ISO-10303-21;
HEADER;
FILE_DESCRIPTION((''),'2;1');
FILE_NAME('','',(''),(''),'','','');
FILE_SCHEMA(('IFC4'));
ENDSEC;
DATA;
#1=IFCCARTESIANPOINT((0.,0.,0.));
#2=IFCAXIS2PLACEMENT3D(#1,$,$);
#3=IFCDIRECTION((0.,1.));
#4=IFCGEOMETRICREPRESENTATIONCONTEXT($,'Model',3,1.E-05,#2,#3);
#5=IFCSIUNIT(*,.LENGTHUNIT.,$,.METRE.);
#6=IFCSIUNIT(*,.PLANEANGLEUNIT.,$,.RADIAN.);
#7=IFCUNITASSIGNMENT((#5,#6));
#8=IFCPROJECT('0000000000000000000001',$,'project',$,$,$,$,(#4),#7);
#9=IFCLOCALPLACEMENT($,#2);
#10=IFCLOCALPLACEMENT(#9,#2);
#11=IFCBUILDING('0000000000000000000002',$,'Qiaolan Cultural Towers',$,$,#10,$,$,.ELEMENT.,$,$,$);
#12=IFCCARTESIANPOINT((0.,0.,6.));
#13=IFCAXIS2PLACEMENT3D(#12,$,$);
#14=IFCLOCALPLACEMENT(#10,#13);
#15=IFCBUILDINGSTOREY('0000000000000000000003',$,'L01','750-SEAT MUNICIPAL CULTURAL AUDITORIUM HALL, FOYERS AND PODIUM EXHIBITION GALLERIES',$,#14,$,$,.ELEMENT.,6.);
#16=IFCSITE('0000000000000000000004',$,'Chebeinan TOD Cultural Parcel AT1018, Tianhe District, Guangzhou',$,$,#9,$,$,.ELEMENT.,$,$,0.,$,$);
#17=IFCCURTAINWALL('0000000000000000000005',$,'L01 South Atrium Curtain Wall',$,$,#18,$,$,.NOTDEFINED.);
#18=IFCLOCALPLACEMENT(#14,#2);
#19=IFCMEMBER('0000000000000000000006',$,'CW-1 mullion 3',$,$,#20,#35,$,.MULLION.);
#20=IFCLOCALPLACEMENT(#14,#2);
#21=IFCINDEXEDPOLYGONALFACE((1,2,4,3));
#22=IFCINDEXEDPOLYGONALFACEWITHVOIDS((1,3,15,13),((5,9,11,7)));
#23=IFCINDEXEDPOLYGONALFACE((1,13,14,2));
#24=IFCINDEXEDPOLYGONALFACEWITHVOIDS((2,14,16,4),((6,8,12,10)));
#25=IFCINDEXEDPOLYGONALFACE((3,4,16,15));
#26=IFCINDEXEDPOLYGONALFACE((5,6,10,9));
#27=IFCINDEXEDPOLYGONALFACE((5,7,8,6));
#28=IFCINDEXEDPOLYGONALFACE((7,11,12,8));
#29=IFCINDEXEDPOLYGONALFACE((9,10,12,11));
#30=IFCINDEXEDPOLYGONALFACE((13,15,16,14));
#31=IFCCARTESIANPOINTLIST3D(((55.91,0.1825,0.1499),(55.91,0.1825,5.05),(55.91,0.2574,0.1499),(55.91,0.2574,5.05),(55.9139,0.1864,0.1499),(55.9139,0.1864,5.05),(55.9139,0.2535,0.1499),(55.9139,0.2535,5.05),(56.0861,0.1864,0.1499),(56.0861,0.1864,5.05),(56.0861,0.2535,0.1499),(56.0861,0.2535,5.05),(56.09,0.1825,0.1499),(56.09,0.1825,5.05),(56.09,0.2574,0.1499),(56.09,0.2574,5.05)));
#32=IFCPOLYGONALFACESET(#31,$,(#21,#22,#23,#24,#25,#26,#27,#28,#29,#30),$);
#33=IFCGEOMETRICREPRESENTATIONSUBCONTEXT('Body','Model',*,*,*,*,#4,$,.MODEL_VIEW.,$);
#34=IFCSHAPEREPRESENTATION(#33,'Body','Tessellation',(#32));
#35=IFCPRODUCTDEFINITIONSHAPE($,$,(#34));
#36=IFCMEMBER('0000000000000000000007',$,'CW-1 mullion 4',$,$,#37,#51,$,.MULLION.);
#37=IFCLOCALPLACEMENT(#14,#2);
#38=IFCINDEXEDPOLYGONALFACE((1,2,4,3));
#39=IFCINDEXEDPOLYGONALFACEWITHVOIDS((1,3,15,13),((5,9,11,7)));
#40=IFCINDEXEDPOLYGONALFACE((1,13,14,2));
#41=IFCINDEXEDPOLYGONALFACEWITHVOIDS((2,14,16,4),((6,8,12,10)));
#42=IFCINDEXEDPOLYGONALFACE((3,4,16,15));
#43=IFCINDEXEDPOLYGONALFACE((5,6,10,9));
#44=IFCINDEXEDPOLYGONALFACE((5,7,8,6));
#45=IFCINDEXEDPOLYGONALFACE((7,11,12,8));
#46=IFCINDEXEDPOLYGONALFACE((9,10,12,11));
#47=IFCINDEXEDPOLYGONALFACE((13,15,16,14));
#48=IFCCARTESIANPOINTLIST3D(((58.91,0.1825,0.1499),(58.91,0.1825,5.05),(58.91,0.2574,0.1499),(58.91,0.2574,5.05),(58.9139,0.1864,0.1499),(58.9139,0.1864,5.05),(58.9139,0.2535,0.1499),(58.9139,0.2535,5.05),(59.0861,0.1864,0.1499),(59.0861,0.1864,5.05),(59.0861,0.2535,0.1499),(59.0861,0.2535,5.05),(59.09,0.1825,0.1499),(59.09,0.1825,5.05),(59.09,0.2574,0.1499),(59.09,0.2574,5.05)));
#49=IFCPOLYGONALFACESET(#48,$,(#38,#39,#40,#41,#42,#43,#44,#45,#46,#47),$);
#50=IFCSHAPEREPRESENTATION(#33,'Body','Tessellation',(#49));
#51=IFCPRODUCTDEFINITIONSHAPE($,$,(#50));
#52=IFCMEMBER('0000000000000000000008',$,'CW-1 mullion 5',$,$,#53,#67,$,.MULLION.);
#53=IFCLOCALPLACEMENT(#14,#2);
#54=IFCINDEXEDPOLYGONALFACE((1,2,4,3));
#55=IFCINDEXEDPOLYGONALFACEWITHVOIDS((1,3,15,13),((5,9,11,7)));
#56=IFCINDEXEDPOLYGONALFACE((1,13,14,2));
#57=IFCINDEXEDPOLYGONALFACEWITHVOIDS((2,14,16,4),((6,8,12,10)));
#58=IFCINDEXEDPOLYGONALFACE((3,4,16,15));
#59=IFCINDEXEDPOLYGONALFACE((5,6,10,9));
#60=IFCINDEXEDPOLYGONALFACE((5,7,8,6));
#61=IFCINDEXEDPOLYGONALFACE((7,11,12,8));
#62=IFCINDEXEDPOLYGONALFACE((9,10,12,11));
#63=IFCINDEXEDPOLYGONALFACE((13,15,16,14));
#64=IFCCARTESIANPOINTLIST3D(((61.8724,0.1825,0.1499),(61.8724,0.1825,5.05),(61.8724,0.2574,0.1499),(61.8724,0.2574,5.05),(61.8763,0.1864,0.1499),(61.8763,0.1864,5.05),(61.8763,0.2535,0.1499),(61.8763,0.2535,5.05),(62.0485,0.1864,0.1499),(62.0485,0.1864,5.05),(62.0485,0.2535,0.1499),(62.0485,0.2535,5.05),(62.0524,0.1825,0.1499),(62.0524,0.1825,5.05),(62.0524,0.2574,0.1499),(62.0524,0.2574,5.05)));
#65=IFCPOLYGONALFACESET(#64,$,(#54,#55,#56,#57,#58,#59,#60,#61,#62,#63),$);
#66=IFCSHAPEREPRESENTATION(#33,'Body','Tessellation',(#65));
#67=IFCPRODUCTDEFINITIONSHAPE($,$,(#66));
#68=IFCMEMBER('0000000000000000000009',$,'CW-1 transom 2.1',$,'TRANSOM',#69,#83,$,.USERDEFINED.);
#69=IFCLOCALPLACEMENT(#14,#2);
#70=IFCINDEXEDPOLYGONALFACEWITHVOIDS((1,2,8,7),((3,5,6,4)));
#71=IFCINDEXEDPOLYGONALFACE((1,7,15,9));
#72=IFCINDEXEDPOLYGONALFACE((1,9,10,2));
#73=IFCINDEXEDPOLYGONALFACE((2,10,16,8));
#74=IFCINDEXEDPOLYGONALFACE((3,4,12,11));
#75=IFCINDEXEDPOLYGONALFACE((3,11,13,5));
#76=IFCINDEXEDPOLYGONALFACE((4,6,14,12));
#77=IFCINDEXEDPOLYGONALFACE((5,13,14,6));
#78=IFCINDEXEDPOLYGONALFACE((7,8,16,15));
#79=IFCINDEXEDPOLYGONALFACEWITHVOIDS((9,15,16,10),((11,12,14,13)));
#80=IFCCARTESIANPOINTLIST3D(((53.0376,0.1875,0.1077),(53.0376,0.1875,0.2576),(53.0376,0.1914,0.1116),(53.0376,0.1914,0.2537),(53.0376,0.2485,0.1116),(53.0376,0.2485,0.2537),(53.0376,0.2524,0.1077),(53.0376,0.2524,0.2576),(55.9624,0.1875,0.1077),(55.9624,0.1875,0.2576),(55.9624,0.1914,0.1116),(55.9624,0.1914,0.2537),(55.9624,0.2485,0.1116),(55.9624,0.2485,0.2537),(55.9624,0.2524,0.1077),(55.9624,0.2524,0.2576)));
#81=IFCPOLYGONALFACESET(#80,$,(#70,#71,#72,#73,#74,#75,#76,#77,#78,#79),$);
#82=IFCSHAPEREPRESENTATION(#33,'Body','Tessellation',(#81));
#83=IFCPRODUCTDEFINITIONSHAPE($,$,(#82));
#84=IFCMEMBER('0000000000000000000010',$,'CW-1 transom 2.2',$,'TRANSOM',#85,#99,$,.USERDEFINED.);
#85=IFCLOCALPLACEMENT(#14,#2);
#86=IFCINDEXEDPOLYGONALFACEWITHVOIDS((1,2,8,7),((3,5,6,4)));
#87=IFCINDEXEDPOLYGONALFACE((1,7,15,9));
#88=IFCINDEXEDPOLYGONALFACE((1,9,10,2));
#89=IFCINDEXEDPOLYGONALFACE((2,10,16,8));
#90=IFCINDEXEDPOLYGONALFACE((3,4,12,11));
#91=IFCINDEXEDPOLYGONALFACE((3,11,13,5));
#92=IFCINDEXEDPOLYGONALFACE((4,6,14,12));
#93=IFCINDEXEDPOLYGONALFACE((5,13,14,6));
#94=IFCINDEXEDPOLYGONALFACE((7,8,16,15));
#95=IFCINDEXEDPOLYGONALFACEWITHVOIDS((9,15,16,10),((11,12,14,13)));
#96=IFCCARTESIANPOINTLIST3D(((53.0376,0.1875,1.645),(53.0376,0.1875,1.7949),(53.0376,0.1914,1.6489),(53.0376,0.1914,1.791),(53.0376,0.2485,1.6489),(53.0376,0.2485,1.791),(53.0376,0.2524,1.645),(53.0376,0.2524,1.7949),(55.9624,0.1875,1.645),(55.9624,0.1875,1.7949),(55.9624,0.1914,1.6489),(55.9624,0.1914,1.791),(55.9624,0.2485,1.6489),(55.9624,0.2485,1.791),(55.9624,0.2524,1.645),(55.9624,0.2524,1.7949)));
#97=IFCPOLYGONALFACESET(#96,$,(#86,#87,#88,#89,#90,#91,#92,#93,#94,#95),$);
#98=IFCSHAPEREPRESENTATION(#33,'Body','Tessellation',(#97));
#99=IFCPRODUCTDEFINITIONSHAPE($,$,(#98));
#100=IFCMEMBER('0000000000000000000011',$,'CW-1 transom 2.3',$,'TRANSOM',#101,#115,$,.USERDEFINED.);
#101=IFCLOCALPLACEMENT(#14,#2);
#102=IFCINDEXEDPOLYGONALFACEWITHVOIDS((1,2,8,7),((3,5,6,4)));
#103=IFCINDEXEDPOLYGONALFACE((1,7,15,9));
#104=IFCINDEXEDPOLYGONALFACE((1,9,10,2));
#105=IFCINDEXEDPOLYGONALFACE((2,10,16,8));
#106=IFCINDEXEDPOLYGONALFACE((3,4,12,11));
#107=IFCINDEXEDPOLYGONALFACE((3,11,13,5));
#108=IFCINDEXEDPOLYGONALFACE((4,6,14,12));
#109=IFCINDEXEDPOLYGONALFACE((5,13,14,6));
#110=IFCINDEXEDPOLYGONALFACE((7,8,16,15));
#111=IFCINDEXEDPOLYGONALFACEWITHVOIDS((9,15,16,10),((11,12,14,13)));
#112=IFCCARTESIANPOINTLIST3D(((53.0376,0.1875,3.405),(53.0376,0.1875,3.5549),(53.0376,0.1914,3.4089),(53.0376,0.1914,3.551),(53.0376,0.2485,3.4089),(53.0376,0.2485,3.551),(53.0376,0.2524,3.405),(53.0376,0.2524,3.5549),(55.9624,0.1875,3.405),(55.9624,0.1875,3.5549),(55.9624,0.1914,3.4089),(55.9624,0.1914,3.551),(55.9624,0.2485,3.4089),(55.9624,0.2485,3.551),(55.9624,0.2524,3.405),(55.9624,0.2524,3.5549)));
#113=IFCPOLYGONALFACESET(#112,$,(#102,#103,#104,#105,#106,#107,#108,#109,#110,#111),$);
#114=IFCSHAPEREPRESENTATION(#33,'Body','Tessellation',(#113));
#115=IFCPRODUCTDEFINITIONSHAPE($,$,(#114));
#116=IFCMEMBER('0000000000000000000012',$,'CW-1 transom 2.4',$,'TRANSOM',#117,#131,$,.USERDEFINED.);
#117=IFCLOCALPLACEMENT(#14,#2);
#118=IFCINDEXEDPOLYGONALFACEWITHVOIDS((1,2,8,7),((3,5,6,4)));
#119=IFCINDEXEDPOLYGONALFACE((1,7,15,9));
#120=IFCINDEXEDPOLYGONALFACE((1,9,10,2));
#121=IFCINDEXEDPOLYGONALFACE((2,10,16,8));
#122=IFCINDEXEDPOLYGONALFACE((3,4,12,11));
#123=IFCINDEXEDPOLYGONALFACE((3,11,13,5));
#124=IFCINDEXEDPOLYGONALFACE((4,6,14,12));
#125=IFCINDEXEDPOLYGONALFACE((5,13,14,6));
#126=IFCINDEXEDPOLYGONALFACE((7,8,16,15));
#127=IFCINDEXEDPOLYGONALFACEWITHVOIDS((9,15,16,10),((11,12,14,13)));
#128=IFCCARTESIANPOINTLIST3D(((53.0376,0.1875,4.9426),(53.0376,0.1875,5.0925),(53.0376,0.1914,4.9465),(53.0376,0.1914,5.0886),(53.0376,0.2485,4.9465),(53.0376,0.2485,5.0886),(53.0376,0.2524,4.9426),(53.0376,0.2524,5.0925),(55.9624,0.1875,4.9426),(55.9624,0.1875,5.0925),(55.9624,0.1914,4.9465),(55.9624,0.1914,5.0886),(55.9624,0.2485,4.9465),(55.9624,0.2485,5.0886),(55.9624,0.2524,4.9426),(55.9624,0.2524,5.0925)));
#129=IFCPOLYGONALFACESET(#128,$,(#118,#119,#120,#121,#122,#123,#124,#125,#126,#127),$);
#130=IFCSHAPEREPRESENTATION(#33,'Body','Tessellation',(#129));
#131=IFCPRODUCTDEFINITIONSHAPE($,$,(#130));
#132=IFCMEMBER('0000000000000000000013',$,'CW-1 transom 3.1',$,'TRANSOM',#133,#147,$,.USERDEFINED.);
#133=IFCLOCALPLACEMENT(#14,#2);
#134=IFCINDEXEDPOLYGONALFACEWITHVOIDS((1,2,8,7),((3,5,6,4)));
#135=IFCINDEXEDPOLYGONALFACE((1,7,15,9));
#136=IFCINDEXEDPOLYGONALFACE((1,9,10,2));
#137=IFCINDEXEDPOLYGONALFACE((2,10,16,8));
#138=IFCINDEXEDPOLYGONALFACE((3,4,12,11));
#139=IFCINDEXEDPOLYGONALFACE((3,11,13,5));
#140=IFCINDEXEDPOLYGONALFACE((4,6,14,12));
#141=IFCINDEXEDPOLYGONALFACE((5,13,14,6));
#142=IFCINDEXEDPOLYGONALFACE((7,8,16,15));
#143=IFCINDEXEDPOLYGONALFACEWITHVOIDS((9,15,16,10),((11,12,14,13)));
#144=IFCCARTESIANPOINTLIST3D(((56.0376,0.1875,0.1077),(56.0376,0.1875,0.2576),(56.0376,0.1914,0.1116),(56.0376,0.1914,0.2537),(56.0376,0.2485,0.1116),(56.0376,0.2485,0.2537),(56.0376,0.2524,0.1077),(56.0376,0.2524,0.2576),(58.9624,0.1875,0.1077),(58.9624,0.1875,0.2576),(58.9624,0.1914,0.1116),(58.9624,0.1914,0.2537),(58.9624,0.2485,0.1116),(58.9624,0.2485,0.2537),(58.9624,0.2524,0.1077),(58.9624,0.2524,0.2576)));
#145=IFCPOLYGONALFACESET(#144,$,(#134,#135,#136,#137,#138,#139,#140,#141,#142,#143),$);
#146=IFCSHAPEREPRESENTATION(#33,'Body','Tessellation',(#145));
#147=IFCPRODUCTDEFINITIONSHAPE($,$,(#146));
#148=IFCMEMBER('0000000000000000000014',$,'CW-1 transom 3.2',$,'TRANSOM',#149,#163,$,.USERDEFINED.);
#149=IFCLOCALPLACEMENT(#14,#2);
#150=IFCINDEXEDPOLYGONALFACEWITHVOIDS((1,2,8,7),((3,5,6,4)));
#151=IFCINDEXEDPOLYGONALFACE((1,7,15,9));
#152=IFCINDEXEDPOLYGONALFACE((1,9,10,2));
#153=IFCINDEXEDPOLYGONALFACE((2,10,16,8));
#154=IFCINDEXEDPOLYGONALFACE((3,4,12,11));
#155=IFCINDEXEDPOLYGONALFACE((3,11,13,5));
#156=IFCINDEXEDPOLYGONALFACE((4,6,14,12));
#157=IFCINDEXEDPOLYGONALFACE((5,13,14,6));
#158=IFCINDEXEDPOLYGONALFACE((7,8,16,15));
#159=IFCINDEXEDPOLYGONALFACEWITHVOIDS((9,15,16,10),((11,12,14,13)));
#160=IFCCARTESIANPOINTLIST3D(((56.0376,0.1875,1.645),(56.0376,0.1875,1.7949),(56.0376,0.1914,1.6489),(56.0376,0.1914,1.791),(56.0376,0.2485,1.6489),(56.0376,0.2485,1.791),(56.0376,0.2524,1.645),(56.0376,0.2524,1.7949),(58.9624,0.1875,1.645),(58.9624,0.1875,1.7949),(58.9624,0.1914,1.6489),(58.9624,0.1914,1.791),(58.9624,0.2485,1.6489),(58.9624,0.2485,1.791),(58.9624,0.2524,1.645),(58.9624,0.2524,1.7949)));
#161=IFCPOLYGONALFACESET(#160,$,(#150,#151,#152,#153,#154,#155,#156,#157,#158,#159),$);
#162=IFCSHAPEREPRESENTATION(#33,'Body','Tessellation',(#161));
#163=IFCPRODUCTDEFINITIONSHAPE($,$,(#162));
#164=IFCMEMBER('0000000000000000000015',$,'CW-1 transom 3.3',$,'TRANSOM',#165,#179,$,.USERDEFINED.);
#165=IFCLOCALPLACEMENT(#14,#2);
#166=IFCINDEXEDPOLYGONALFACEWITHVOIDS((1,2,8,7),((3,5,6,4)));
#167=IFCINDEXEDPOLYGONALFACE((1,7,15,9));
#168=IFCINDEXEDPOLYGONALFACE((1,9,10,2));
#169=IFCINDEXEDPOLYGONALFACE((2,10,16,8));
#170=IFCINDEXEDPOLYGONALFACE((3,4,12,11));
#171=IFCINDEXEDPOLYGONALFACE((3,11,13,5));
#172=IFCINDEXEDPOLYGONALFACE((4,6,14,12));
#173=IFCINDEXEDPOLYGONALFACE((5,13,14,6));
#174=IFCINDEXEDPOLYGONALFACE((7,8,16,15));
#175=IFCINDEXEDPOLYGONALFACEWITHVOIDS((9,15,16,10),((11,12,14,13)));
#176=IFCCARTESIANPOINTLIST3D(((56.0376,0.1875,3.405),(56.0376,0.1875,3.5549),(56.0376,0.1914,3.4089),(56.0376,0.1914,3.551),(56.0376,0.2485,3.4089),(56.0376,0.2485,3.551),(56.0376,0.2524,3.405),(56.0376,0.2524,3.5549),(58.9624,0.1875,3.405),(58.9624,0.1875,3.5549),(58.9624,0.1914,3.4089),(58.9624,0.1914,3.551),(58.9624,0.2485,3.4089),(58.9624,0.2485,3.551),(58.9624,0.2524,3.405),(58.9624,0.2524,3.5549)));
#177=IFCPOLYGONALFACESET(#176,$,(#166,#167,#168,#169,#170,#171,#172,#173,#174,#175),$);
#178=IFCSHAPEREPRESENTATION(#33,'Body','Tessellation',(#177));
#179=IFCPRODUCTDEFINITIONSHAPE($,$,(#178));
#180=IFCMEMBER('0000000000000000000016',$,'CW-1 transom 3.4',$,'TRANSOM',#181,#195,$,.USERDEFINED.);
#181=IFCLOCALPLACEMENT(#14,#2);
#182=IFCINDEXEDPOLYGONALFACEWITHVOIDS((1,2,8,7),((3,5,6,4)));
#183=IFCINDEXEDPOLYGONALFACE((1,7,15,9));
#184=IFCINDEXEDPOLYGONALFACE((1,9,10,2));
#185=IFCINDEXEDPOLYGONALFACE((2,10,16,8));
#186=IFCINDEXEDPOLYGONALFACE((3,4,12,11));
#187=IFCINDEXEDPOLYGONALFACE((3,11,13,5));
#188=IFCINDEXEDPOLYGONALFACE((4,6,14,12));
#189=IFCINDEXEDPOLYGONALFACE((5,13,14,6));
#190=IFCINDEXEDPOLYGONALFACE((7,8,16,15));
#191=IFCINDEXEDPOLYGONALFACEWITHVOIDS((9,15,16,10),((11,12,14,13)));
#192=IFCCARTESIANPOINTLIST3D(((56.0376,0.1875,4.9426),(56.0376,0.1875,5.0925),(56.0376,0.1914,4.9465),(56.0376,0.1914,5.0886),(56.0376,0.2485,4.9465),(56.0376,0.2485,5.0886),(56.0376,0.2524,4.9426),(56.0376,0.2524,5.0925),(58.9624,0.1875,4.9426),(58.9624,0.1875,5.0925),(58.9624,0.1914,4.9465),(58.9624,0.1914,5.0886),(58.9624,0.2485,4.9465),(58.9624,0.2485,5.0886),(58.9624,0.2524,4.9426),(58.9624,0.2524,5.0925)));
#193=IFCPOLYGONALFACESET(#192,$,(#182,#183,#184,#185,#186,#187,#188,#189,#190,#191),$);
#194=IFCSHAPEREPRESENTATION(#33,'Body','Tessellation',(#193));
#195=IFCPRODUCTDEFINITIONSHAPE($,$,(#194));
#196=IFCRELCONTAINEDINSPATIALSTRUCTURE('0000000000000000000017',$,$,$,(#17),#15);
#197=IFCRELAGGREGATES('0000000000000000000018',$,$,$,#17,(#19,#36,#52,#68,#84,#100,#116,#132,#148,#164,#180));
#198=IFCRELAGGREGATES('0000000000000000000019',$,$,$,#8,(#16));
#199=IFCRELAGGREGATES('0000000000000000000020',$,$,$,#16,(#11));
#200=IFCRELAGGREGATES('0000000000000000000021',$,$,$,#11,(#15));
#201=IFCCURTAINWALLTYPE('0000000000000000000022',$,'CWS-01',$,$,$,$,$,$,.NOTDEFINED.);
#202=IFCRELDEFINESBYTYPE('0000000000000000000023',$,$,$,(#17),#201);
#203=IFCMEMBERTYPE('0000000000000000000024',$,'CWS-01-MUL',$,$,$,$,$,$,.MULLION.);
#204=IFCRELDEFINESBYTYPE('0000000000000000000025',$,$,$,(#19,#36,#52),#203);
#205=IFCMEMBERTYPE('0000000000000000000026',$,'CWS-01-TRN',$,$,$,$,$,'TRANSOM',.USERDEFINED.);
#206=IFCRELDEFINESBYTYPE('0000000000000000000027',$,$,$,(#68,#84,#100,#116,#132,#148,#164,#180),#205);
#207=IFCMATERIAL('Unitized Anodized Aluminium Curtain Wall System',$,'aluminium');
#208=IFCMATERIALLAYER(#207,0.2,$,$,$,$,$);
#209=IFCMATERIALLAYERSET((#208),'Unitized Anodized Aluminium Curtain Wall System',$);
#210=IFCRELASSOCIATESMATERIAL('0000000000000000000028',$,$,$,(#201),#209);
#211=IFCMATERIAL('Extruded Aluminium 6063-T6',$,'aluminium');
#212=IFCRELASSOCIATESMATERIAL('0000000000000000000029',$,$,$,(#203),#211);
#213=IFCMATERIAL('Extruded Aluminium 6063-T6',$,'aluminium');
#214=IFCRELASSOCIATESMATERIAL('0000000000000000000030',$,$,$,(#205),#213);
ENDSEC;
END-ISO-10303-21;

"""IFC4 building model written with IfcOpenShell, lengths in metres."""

from ifc_helpers import new_model, si_unit, direction, frame, origin, origin_2d, place, context, subcontext, project, spatial, hollow_rectangle, extrude, material, layer, layer_set, material_profile, profile_set, type_object, element, aggregate, save


model = new_model("IFC4")

# Units and contexts
model_context = context("Model", 3, precision=1e-05, world=origin(), true_north=direction((0.0, 1.0)))
body_context = subcontext(model_context, "Body", "Model", "MODEL_VIEW")
ifc_project = project(units=[si_unit("LENGTHUNIT", "METRE"), si_unit("PLANEANGLEUNIT", "RADIAN")], contexts=[model_context])

# Site, building, storey
site_placement = place(None, origin())
site = spatial("IfcSite", under=ifc_project, at=site_placement, Name="Chebeinan TOD Cultural Parcel AT1018, Tianhe District, Guangzhou", CompositionType="ELEMENT", RefElevation=0.0)
building_placement = place(site_placement, origin())
building = spatial("IfcBuilding", under=site, at=building_placement, Name="Qiaolan Cultural Towers", CompositionType="ELEMENT")
storey_placement = place(building_placement, frame((0.0, 0.0, 6.0)))
storey = spatial("IfcBuildingStorey", under=building, at=storey_placement, Name="L01", Description="750-SEAT MUNICIPAL CULTURAL AUDITORIUM HALL, FOYERS AND PODIUM EXHIBITION GALLERIES", CompositionType="ELEMENT", Elevation=6.0)

# Curtain wall, members
ifc_material_1 = material(Name="Unitized Anodized Aluminium Curtain Wall System", Category="aluminium")
ifc_layer_1 = layer(ifc_material_1, 0.2)
ifc_layer_set_1 = layer_set([ifc_layer_1], Name="Unitized Anodized Aluminium Curtain Wall System")
curtain_wall_type = type_object("IfcCurtainWallType", Name="CWS-01", PredefinedType="NOTDEFINED", material=ifc_layer_set_1)
curtain_wall_placement = place(storey_placement, origin())
curtain_wall = element("IfcCurtainWall", 1, at=curtain_wall_placement, inside=storey, type_object=curtain_wall_type, Name="L01 South Atrium Curtain Wall", PredefinedType="NOTDEFINED")
ifc_material_2 = material(Name="Extruded Aluminium 6063-T6", Category="aluminium")
ifc_material_profile_1 = material_profile(ifc_material_2, hollow_rectangle(XDim=0.075, YDim=0.1799, WallThickness=0.0039, at=origin_2d()), Name="CWM-180x75x4")
ifc_profile_set_1 = profile_set([ifc_material_profile_1], Name="Extruded Aluminium 6063-T6")
member_type_1 = type_object("IfcMemberType", Name="CWS-01-MUL", PredefinedType="MULLION", material=ifc_profile_set_1)
member_1_placement = place(storey_placement, frame((56.0, 0.22, 0.1499), z_axis=(0.0, 0.0, 1.0), x_axis=(0.0, 1.0, 0.0)))
member_1 = element("IfcMember", 2, at=member_1_placement, type_object=member_type_1, Name="CW-1 mullion 3", PredefinedType="MULLION", context=body_context, shape_type="SweptSolid", body=[
    extrude(hollow_rectangle(XDim=0.075, YDim=0.1799, WallThickness=0.0039, at=origin_2d()), origin(), (0.0, 0.0, 1.0), 4.9001),
])
member_2_placement = place(storey_placement, frame((59.0, 0.22, 0.1499), z_axis=(0.0, 0.0, 1.0), x_axis=(0.0, 1.0, 0.0)))
member_2 = element("IfcMember", 3, at=member_2_placement, type_object=member_type_1, Name="CW-1 mullion 4", PredefinedType="MULLION", context=body_context, shape_type="SweptSolid", body=[
    extrude(hollow_rectangle(XDim=0.075, YDim=0.1799, WallThickness=0.0039, at=origin_2d()), origin(), (0.0, 0.0, 1.0), 4.9001),
])
member_3_placement = place(storey_placement, frame((61.9624, 0.22, 0.1499), z_axis=(0.0, 0.0, 1.0), x_axis=(0.0, 1.0, 0.0)))
member_3 = element("IfcMember", 4, at=member_3_placement, type_object=member_type_1, Name="CW-1 mullion 5", PredefinedType="MULLION", context=body_context, shape_type="SweptSolid", body=[
    extrude(hollow_rectangle(XDim=0.075, YDim=0.1799, WallThickness=0.0039, at=origin_2d()), origin(), (0.0, 0.0, 1.0), 4.9001),
])
ifc_material_3 = material(Name="Extruded Aluminium 6063-T6", Category="aluminium")
ifc_material_profile_2 = material_profile(ifc_material_3, hollow_rectangle(XDim=0.0649, YDim=0.1499, WallThickness=0.0039, at=origin_2d()), Name="CWT-150x65x4")
ifc_profile_set_2 = profile_set([ifc_material_profile_2], Name="Extruded Aluminium 6063-T6")
member_type_2 = type_object("IfcMemberType", Name="CWS-01-TRN", ElementType="TRANSOM", PredefinedType="USERDEFINED", material=ifc_profile_set_2)
member_4_placement = place(storey_placement, frame((53.0376, 0.22, 0.1826), z_axis=(1.0, 0.0, 0.0), x_axis=(0.0, 1.0, 0.0)))
member_4 = element("IfcMember", 5, at=member_4_placement, type_object=member_type_2, Name="CW-1 transom 2.1", ObjectType="TRANSOM", PredefinedType="USERDEFINED", context=body_context, shape_type="SweptSolid", body=[
    extrude(hollow_rectangle(XDim=0.0649, YDim=0.1499, WallThickness=0.0039, at=origin_2d()), origin(), (0.0, 0.0, 1.0), 2.9248),
])
member_5_placement = place(storey_placement, frame((53.0376, 0.22, 1.72), z_axis=(1.0, 0.0, 0.0), x_axis=(0.0, 1.0, 0.0)))
member_5 = element("IfcMember", 6, at=member_5_placement, type_object=member_type_2, Name="CW-1 transom 2.2", ObjectType="TRANSOM", PredefinedType="USERDEFINED", context=body_context, shape_type="SweptSolid", body=[
    extrude(hollow_rectangle(XDim=0.0649, YDim=0.1499, WallThickness=0.0039, at=origin_2d()), origin(), (0.0, 0.0, 1.0), 2.9248),
])
member_6_placement = place(storey_placement, frame((53.0376, 0.22, 3.48), z_axis=(1.0, 0.0, 0.0), x_axis=(0.0, 1.0, 0.0)))
member_6 = element("IfcMember", 7, at=member_6_placement, type_object=member_type_2, Name="CW-1 transom 2.3", ObjectType="TRANSOM", PredefinedType="USERDEFINED", context=body_context, shape_type="SweptSolid", body=[
    extrude(hollow_rectangle(XDim=0.0649, YDim=0.1499, WallThickness=0.0039, at=origin_2d()), origin(), (0.0, 0.0, 1.0), 2.9248),
])
member_7_placement = place(storey_placement, frame((53.0376, 0.22, 5.0176), z_axis=(1.0, 0.0, 0.0), x_axis=(0.0, 1.0, 0.0)))
member_7 = element("IfcMember", 8, at=member_7_placement, type_object=member_type_2, Name="CW-1 transom 2.4", ObjectType="TRANSOM", PredefinedType="USERDEFINED", context=body_context, shape_type="SweptSolid", body=[
    extrude(hollow_rectangle(XDim=0.0649, YDim=0.1499, WallThickness=0.0039, at=origin_2d()), origin(), (0.0, 0.0, 1.0), 2.9248),
])
member_8_placement = place(storey_placement, frame((56.0376, 0.22, 0.1826), z_axis=(1.0, 0.0, 0.0), x_axis=(0.0, 1.0, 0.0)))
member_8 = element("IfcMember", 9, at=member_8_placement, type_object=member_type_2, Name="CW-1 transom 3.1", ObjectType="TRANSOM", PredefinedType="USERDEFINED", context=body_context, shape_type="SweptSolid", body=[
    extrude(hollow_rectangle(XDim=0.0649, YDim=0.1499, WallThickness=0.0039, at=origin_2d()), origin(), (0.0, 0.0, 1.0), 2.9248),
])
member_9_placement = place(storey_placement, frame((56.0376, 0.22, 1.72), z_axis=(1.0, 0.0, 0.0), x_axis=(0.0, 1.0, 0.0)))
member_9 = element("IfcMember", 10, at=member_9_placement, type_object=member_type_2, Name="CW-1 transom 3.2", ObjectType="TRANSOM", PredefinedType="USERDEFINED", context=body_context, shape_type="SweptSolid", body=[
    extrude(hollow_rectangle(XDim=0.0649, YDim=0.1499, WallThickness=0.0039, at=origin_2d()), origin(), (0.0, 0.0, 1.0), 2.9248),
])
member_10_placement = place(storey_placement, frame((56.0376, 0.22, 3.48), z_axis=(1.0, 0.0, 0.0), x_axis=(0.0, 1.0, 0.0)))
member_10 = element("IfcMember", 11, at=member_10_placement, type_object=member_type_2, Name="CW-1 transom 3.3", ObjectType="TRANSOM", PredefinedType="USERDEFINED", context=body_context, shape_type="SweptSolid", body=[
    extrude(hollow_rectangle(XDim=0.0649, YDim=0.1499, WallThickness=0.0039, at=origin_2d()), origin(), (0.0, 0.0, 1.0), 2.9248),
])
member_11_placement = place(storey_placement, frame((56.0376, 0.22, 5.0176), z_axis=(1.0, 0.0, 0.0), x_axis=(0.0, 1.0, 0.0)))
member_11 = element("IfcMember", 12, at=member_11_placement, type_object=member_type_2, Name="CW-1 transom 3.4", ObjectType="TRANSOM", PredefinedType="USERDEFINED", context=body_context, shape_type="SweptSolid", body=[
    extrude(hollow_rectangle(XDim=0.0649, YDim=0.1499, WallThickness=0.0039, at=origin_2d()), origin(), (0.0, 0.0, 1.0), 2.9248),
])
aggregate(curtain_wall, [member_1, member_2, member_3, member_4, member_5, member_6, member_7, member_8, member_9, member_10, member_11])

save(model, "model.ifc")
